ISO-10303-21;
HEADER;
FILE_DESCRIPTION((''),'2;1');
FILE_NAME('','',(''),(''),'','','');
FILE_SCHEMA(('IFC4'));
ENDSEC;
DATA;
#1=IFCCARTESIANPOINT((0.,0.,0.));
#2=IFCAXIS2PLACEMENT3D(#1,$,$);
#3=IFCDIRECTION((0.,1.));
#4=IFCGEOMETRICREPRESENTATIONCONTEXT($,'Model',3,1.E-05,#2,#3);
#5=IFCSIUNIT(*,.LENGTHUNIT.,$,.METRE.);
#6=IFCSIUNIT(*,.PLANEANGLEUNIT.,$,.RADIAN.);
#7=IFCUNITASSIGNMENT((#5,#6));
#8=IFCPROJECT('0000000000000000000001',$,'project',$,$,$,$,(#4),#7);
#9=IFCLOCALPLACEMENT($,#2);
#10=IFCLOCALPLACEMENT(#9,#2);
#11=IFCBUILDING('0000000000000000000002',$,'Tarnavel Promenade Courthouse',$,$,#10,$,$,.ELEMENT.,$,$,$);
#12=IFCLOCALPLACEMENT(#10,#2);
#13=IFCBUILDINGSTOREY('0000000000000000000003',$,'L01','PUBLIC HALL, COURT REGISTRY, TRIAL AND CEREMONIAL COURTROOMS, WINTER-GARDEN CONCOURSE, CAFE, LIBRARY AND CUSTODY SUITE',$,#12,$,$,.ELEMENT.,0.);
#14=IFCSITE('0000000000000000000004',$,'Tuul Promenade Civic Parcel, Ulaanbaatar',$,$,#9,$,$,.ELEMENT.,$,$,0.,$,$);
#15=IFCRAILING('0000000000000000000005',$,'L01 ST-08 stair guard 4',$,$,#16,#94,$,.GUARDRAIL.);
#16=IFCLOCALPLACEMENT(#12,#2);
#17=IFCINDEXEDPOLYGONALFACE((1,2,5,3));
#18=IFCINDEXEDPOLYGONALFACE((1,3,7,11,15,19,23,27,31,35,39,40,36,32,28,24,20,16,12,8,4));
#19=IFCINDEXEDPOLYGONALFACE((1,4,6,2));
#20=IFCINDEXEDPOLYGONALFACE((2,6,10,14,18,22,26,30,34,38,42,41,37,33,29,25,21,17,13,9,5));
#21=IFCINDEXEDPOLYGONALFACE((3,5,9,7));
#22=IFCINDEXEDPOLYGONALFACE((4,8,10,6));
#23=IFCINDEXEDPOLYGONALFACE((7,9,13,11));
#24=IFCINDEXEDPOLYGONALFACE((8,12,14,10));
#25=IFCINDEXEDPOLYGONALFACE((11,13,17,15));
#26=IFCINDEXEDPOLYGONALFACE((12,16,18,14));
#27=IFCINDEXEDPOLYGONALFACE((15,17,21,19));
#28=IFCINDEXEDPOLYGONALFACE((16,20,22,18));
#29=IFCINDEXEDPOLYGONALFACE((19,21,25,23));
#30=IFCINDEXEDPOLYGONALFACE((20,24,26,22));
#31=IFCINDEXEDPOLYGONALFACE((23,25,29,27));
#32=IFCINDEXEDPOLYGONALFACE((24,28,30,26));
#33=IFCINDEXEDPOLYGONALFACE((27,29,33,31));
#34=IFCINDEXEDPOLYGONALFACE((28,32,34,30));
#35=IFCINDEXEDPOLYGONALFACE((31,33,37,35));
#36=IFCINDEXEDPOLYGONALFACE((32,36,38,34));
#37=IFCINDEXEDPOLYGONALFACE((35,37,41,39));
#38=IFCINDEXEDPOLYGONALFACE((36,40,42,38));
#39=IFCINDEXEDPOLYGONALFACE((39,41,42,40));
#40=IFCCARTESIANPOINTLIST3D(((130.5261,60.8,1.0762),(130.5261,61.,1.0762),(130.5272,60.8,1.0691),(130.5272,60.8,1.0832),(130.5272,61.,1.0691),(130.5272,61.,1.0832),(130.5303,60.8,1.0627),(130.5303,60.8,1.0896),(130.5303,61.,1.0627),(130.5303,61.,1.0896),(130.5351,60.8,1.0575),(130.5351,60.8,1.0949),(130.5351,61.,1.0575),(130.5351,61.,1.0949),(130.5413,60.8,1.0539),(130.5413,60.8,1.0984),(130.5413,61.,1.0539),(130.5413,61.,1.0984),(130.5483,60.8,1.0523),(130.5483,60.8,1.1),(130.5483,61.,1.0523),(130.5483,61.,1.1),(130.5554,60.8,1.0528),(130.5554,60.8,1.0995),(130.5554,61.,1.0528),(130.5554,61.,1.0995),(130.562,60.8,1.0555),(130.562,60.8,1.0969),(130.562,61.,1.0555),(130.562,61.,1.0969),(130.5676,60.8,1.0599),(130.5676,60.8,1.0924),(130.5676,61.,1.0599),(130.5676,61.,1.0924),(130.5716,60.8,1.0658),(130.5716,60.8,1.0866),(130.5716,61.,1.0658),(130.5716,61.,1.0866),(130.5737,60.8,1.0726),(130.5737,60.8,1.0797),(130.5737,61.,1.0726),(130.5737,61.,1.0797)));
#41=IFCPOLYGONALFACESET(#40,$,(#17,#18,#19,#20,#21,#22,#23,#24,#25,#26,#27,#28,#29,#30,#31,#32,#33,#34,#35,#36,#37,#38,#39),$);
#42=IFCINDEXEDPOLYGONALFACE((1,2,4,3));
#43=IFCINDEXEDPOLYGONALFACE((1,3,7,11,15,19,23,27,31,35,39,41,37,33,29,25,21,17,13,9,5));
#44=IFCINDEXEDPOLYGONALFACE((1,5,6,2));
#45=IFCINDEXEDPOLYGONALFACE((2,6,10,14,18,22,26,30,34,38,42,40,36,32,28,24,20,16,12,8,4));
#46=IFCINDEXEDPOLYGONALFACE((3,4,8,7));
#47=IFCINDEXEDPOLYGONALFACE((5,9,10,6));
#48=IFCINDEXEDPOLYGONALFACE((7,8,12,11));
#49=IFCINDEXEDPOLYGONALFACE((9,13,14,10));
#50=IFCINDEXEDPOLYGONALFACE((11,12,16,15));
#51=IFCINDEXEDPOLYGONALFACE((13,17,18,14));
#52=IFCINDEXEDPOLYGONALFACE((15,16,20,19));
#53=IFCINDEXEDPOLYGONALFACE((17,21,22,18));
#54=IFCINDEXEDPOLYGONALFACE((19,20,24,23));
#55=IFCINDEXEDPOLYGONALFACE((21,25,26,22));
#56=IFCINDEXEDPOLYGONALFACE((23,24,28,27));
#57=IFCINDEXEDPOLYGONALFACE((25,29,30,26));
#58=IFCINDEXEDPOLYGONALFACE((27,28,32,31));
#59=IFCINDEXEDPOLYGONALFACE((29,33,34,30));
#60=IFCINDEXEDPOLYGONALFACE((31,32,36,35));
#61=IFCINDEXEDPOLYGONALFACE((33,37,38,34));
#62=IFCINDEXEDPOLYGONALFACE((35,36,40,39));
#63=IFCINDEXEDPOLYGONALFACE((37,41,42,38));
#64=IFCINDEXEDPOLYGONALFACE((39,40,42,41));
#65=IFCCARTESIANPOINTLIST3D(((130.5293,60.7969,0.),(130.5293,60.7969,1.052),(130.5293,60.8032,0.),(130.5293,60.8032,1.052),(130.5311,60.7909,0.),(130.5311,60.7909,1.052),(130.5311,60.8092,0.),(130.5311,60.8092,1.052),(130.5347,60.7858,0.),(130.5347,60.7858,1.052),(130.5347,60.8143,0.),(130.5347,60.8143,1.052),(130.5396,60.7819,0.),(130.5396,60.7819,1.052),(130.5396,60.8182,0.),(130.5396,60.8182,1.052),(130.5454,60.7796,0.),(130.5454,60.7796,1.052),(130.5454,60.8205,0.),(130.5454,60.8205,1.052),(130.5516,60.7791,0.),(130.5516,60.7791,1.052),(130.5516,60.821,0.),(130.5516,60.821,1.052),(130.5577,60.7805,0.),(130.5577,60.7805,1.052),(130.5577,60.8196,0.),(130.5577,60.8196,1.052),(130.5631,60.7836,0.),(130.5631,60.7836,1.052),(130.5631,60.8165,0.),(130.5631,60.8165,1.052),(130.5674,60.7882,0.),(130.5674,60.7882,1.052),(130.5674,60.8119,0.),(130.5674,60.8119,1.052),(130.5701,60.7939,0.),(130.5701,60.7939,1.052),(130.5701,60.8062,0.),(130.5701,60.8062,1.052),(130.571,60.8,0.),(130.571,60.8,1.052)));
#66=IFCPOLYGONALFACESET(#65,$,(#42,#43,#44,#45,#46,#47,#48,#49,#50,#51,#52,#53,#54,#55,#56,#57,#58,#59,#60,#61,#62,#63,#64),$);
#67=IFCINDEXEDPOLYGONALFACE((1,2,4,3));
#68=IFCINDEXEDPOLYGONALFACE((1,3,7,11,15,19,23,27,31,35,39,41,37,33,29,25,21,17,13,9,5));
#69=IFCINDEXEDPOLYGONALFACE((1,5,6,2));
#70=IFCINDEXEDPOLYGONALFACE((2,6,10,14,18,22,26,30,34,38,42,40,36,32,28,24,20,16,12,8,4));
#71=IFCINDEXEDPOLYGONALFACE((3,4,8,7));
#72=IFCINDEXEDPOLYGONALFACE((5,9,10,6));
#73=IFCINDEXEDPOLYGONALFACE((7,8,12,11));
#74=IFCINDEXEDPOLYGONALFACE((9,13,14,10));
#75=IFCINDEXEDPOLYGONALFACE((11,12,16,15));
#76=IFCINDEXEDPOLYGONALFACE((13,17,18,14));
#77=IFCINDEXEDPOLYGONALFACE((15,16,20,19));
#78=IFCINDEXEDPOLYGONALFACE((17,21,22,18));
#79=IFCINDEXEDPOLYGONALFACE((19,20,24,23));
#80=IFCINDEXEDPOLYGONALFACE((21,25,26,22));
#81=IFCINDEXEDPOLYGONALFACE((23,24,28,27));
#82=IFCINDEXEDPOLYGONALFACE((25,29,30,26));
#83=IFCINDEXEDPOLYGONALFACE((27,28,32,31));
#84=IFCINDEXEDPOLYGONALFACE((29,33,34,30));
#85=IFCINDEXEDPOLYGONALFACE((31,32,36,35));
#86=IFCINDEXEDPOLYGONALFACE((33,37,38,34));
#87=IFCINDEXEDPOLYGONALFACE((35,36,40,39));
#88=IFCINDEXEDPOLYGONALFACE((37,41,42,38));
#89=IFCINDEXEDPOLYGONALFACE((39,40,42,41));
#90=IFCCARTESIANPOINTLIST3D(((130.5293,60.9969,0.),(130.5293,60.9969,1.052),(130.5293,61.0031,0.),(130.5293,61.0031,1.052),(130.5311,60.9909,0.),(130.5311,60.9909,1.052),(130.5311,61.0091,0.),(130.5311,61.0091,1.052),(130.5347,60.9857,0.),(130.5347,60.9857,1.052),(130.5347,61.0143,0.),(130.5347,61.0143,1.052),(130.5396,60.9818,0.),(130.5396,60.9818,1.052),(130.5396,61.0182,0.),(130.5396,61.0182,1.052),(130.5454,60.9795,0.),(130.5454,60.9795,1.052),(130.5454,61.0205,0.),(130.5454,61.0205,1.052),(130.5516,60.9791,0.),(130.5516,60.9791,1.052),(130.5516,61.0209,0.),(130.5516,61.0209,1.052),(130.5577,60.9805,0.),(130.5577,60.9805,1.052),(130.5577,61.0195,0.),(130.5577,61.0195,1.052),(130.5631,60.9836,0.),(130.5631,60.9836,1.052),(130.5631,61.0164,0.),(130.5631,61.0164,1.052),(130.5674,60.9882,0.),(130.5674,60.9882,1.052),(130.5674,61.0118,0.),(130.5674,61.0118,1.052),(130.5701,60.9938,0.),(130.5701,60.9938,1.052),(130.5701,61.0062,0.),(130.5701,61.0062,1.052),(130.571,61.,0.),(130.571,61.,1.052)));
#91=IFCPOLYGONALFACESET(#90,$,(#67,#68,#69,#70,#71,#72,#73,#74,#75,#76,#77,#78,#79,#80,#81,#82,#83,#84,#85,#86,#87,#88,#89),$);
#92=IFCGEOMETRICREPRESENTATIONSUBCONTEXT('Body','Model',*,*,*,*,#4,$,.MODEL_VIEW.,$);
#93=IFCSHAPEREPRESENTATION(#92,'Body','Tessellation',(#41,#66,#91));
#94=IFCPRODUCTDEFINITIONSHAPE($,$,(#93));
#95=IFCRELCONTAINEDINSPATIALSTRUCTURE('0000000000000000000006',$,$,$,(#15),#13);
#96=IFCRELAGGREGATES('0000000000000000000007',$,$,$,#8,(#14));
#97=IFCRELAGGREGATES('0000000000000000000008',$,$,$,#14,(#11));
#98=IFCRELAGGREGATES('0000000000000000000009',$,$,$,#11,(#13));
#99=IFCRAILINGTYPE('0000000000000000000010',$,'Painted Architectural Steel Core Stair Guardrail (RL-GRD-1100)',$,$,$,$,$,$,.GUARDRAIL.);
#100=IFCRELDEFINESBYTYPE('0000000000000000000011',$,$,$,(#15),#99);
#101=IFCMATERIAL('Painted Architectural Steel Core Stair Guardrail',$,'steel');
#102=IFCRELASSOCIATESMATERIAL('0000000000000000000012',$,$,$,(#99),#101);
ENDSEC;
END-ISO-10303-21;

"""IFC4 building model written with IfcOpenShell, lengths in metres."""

from ifc_helpers import new_model, si_unit, direction, frame, origin, origin_2d, place, context, subcontext, project, spatial, circle, extrude, material, type_object, element, save


model = new_model("IFC4")

# Units and contexts
model_context = context("Model", 3, precision=1e-05, world=origin(), true_north=direction((0.0, 1.0)))
body_context = subcontext(model_context, "Body", "Model", "MODEL_VIEW")
ifc_project = project(units=[si_unit("LENGTHUNIT", "METRE"), si_unit("PLANEANGLEUNIT", "RADIAN")], contexts=[model_context])

# Site, building, storey
site_placement = place(None, origin())
site = spatial("IfcSite", under=ifc_project, at=site_placement, Name="Tuul Promenade Civic Parcel, Ulaanbaatar", CompositionType="ELEMENT", RefElevation=0.0)
building_placement = place(site_placement, origin())
building = spatial("IfcBuilding", under=site, at=building_placement, Name="Tarnavel Promenade Courthouse", CompositionType="ELEMENT")
storey_placement = place(building_placement, origin())
storey = spatial("IfcBuildingStorey", under=building, at=storey_placement, Name="L01", Description="PUBLIC HALL, COURT REGISTRY, TRIAL AND CEREMONIAL COURTROOMS, WINTER-GARDEN CONCOURSE, CAFE, LIBRARY AND CUSTODY SUITE", CompositionType="ELEMENT", Elevation=0.0)

# Railing
ifc_material_1 = material(Name="Painted Architectural Steel Core Stair Guardrail", Category="steel")
railing_type_1 = type_object("IfcRailingType", Name="Painted Architectural Steel Core Stair Guardrail (RL-GRD-1100)", PredefinedType="GUARDRAIL", material=ifc_material_1)
railing_1_placement = place(storey_placement, frame((130.55, 60.8, 0.0)))
element("IfcRailing", 1, at=railing_1_placement, inside=storey, type_object=railing_type_1, Name="L01 ST-08 stair guard 4", PredefinedType="GUARDRAIL", context=body_context, shape_type="SweptSolid", body=[
    extrude(circle(Radius=0.0239, at=origin_2d()), frame((0.0, 0.0, 1.0762), z_axis=(0.0, 1.0, 0.0), x_axis=(-1.0, 0.0, 0.0)), (0.0, 0.0, 1.0), 0.2),
    extrude(circle(Radius=0.021, at=origin_2d()), origin(), (0.0, 0.0, 1.0), 1.052),
    extrude(circle(Radius=0.021, at=origin_2d()), frame((0.0, 0.2, 0.0)), (0.0, 0.0, 1.0), 1.052),
])

save(model, "model.ifc")
